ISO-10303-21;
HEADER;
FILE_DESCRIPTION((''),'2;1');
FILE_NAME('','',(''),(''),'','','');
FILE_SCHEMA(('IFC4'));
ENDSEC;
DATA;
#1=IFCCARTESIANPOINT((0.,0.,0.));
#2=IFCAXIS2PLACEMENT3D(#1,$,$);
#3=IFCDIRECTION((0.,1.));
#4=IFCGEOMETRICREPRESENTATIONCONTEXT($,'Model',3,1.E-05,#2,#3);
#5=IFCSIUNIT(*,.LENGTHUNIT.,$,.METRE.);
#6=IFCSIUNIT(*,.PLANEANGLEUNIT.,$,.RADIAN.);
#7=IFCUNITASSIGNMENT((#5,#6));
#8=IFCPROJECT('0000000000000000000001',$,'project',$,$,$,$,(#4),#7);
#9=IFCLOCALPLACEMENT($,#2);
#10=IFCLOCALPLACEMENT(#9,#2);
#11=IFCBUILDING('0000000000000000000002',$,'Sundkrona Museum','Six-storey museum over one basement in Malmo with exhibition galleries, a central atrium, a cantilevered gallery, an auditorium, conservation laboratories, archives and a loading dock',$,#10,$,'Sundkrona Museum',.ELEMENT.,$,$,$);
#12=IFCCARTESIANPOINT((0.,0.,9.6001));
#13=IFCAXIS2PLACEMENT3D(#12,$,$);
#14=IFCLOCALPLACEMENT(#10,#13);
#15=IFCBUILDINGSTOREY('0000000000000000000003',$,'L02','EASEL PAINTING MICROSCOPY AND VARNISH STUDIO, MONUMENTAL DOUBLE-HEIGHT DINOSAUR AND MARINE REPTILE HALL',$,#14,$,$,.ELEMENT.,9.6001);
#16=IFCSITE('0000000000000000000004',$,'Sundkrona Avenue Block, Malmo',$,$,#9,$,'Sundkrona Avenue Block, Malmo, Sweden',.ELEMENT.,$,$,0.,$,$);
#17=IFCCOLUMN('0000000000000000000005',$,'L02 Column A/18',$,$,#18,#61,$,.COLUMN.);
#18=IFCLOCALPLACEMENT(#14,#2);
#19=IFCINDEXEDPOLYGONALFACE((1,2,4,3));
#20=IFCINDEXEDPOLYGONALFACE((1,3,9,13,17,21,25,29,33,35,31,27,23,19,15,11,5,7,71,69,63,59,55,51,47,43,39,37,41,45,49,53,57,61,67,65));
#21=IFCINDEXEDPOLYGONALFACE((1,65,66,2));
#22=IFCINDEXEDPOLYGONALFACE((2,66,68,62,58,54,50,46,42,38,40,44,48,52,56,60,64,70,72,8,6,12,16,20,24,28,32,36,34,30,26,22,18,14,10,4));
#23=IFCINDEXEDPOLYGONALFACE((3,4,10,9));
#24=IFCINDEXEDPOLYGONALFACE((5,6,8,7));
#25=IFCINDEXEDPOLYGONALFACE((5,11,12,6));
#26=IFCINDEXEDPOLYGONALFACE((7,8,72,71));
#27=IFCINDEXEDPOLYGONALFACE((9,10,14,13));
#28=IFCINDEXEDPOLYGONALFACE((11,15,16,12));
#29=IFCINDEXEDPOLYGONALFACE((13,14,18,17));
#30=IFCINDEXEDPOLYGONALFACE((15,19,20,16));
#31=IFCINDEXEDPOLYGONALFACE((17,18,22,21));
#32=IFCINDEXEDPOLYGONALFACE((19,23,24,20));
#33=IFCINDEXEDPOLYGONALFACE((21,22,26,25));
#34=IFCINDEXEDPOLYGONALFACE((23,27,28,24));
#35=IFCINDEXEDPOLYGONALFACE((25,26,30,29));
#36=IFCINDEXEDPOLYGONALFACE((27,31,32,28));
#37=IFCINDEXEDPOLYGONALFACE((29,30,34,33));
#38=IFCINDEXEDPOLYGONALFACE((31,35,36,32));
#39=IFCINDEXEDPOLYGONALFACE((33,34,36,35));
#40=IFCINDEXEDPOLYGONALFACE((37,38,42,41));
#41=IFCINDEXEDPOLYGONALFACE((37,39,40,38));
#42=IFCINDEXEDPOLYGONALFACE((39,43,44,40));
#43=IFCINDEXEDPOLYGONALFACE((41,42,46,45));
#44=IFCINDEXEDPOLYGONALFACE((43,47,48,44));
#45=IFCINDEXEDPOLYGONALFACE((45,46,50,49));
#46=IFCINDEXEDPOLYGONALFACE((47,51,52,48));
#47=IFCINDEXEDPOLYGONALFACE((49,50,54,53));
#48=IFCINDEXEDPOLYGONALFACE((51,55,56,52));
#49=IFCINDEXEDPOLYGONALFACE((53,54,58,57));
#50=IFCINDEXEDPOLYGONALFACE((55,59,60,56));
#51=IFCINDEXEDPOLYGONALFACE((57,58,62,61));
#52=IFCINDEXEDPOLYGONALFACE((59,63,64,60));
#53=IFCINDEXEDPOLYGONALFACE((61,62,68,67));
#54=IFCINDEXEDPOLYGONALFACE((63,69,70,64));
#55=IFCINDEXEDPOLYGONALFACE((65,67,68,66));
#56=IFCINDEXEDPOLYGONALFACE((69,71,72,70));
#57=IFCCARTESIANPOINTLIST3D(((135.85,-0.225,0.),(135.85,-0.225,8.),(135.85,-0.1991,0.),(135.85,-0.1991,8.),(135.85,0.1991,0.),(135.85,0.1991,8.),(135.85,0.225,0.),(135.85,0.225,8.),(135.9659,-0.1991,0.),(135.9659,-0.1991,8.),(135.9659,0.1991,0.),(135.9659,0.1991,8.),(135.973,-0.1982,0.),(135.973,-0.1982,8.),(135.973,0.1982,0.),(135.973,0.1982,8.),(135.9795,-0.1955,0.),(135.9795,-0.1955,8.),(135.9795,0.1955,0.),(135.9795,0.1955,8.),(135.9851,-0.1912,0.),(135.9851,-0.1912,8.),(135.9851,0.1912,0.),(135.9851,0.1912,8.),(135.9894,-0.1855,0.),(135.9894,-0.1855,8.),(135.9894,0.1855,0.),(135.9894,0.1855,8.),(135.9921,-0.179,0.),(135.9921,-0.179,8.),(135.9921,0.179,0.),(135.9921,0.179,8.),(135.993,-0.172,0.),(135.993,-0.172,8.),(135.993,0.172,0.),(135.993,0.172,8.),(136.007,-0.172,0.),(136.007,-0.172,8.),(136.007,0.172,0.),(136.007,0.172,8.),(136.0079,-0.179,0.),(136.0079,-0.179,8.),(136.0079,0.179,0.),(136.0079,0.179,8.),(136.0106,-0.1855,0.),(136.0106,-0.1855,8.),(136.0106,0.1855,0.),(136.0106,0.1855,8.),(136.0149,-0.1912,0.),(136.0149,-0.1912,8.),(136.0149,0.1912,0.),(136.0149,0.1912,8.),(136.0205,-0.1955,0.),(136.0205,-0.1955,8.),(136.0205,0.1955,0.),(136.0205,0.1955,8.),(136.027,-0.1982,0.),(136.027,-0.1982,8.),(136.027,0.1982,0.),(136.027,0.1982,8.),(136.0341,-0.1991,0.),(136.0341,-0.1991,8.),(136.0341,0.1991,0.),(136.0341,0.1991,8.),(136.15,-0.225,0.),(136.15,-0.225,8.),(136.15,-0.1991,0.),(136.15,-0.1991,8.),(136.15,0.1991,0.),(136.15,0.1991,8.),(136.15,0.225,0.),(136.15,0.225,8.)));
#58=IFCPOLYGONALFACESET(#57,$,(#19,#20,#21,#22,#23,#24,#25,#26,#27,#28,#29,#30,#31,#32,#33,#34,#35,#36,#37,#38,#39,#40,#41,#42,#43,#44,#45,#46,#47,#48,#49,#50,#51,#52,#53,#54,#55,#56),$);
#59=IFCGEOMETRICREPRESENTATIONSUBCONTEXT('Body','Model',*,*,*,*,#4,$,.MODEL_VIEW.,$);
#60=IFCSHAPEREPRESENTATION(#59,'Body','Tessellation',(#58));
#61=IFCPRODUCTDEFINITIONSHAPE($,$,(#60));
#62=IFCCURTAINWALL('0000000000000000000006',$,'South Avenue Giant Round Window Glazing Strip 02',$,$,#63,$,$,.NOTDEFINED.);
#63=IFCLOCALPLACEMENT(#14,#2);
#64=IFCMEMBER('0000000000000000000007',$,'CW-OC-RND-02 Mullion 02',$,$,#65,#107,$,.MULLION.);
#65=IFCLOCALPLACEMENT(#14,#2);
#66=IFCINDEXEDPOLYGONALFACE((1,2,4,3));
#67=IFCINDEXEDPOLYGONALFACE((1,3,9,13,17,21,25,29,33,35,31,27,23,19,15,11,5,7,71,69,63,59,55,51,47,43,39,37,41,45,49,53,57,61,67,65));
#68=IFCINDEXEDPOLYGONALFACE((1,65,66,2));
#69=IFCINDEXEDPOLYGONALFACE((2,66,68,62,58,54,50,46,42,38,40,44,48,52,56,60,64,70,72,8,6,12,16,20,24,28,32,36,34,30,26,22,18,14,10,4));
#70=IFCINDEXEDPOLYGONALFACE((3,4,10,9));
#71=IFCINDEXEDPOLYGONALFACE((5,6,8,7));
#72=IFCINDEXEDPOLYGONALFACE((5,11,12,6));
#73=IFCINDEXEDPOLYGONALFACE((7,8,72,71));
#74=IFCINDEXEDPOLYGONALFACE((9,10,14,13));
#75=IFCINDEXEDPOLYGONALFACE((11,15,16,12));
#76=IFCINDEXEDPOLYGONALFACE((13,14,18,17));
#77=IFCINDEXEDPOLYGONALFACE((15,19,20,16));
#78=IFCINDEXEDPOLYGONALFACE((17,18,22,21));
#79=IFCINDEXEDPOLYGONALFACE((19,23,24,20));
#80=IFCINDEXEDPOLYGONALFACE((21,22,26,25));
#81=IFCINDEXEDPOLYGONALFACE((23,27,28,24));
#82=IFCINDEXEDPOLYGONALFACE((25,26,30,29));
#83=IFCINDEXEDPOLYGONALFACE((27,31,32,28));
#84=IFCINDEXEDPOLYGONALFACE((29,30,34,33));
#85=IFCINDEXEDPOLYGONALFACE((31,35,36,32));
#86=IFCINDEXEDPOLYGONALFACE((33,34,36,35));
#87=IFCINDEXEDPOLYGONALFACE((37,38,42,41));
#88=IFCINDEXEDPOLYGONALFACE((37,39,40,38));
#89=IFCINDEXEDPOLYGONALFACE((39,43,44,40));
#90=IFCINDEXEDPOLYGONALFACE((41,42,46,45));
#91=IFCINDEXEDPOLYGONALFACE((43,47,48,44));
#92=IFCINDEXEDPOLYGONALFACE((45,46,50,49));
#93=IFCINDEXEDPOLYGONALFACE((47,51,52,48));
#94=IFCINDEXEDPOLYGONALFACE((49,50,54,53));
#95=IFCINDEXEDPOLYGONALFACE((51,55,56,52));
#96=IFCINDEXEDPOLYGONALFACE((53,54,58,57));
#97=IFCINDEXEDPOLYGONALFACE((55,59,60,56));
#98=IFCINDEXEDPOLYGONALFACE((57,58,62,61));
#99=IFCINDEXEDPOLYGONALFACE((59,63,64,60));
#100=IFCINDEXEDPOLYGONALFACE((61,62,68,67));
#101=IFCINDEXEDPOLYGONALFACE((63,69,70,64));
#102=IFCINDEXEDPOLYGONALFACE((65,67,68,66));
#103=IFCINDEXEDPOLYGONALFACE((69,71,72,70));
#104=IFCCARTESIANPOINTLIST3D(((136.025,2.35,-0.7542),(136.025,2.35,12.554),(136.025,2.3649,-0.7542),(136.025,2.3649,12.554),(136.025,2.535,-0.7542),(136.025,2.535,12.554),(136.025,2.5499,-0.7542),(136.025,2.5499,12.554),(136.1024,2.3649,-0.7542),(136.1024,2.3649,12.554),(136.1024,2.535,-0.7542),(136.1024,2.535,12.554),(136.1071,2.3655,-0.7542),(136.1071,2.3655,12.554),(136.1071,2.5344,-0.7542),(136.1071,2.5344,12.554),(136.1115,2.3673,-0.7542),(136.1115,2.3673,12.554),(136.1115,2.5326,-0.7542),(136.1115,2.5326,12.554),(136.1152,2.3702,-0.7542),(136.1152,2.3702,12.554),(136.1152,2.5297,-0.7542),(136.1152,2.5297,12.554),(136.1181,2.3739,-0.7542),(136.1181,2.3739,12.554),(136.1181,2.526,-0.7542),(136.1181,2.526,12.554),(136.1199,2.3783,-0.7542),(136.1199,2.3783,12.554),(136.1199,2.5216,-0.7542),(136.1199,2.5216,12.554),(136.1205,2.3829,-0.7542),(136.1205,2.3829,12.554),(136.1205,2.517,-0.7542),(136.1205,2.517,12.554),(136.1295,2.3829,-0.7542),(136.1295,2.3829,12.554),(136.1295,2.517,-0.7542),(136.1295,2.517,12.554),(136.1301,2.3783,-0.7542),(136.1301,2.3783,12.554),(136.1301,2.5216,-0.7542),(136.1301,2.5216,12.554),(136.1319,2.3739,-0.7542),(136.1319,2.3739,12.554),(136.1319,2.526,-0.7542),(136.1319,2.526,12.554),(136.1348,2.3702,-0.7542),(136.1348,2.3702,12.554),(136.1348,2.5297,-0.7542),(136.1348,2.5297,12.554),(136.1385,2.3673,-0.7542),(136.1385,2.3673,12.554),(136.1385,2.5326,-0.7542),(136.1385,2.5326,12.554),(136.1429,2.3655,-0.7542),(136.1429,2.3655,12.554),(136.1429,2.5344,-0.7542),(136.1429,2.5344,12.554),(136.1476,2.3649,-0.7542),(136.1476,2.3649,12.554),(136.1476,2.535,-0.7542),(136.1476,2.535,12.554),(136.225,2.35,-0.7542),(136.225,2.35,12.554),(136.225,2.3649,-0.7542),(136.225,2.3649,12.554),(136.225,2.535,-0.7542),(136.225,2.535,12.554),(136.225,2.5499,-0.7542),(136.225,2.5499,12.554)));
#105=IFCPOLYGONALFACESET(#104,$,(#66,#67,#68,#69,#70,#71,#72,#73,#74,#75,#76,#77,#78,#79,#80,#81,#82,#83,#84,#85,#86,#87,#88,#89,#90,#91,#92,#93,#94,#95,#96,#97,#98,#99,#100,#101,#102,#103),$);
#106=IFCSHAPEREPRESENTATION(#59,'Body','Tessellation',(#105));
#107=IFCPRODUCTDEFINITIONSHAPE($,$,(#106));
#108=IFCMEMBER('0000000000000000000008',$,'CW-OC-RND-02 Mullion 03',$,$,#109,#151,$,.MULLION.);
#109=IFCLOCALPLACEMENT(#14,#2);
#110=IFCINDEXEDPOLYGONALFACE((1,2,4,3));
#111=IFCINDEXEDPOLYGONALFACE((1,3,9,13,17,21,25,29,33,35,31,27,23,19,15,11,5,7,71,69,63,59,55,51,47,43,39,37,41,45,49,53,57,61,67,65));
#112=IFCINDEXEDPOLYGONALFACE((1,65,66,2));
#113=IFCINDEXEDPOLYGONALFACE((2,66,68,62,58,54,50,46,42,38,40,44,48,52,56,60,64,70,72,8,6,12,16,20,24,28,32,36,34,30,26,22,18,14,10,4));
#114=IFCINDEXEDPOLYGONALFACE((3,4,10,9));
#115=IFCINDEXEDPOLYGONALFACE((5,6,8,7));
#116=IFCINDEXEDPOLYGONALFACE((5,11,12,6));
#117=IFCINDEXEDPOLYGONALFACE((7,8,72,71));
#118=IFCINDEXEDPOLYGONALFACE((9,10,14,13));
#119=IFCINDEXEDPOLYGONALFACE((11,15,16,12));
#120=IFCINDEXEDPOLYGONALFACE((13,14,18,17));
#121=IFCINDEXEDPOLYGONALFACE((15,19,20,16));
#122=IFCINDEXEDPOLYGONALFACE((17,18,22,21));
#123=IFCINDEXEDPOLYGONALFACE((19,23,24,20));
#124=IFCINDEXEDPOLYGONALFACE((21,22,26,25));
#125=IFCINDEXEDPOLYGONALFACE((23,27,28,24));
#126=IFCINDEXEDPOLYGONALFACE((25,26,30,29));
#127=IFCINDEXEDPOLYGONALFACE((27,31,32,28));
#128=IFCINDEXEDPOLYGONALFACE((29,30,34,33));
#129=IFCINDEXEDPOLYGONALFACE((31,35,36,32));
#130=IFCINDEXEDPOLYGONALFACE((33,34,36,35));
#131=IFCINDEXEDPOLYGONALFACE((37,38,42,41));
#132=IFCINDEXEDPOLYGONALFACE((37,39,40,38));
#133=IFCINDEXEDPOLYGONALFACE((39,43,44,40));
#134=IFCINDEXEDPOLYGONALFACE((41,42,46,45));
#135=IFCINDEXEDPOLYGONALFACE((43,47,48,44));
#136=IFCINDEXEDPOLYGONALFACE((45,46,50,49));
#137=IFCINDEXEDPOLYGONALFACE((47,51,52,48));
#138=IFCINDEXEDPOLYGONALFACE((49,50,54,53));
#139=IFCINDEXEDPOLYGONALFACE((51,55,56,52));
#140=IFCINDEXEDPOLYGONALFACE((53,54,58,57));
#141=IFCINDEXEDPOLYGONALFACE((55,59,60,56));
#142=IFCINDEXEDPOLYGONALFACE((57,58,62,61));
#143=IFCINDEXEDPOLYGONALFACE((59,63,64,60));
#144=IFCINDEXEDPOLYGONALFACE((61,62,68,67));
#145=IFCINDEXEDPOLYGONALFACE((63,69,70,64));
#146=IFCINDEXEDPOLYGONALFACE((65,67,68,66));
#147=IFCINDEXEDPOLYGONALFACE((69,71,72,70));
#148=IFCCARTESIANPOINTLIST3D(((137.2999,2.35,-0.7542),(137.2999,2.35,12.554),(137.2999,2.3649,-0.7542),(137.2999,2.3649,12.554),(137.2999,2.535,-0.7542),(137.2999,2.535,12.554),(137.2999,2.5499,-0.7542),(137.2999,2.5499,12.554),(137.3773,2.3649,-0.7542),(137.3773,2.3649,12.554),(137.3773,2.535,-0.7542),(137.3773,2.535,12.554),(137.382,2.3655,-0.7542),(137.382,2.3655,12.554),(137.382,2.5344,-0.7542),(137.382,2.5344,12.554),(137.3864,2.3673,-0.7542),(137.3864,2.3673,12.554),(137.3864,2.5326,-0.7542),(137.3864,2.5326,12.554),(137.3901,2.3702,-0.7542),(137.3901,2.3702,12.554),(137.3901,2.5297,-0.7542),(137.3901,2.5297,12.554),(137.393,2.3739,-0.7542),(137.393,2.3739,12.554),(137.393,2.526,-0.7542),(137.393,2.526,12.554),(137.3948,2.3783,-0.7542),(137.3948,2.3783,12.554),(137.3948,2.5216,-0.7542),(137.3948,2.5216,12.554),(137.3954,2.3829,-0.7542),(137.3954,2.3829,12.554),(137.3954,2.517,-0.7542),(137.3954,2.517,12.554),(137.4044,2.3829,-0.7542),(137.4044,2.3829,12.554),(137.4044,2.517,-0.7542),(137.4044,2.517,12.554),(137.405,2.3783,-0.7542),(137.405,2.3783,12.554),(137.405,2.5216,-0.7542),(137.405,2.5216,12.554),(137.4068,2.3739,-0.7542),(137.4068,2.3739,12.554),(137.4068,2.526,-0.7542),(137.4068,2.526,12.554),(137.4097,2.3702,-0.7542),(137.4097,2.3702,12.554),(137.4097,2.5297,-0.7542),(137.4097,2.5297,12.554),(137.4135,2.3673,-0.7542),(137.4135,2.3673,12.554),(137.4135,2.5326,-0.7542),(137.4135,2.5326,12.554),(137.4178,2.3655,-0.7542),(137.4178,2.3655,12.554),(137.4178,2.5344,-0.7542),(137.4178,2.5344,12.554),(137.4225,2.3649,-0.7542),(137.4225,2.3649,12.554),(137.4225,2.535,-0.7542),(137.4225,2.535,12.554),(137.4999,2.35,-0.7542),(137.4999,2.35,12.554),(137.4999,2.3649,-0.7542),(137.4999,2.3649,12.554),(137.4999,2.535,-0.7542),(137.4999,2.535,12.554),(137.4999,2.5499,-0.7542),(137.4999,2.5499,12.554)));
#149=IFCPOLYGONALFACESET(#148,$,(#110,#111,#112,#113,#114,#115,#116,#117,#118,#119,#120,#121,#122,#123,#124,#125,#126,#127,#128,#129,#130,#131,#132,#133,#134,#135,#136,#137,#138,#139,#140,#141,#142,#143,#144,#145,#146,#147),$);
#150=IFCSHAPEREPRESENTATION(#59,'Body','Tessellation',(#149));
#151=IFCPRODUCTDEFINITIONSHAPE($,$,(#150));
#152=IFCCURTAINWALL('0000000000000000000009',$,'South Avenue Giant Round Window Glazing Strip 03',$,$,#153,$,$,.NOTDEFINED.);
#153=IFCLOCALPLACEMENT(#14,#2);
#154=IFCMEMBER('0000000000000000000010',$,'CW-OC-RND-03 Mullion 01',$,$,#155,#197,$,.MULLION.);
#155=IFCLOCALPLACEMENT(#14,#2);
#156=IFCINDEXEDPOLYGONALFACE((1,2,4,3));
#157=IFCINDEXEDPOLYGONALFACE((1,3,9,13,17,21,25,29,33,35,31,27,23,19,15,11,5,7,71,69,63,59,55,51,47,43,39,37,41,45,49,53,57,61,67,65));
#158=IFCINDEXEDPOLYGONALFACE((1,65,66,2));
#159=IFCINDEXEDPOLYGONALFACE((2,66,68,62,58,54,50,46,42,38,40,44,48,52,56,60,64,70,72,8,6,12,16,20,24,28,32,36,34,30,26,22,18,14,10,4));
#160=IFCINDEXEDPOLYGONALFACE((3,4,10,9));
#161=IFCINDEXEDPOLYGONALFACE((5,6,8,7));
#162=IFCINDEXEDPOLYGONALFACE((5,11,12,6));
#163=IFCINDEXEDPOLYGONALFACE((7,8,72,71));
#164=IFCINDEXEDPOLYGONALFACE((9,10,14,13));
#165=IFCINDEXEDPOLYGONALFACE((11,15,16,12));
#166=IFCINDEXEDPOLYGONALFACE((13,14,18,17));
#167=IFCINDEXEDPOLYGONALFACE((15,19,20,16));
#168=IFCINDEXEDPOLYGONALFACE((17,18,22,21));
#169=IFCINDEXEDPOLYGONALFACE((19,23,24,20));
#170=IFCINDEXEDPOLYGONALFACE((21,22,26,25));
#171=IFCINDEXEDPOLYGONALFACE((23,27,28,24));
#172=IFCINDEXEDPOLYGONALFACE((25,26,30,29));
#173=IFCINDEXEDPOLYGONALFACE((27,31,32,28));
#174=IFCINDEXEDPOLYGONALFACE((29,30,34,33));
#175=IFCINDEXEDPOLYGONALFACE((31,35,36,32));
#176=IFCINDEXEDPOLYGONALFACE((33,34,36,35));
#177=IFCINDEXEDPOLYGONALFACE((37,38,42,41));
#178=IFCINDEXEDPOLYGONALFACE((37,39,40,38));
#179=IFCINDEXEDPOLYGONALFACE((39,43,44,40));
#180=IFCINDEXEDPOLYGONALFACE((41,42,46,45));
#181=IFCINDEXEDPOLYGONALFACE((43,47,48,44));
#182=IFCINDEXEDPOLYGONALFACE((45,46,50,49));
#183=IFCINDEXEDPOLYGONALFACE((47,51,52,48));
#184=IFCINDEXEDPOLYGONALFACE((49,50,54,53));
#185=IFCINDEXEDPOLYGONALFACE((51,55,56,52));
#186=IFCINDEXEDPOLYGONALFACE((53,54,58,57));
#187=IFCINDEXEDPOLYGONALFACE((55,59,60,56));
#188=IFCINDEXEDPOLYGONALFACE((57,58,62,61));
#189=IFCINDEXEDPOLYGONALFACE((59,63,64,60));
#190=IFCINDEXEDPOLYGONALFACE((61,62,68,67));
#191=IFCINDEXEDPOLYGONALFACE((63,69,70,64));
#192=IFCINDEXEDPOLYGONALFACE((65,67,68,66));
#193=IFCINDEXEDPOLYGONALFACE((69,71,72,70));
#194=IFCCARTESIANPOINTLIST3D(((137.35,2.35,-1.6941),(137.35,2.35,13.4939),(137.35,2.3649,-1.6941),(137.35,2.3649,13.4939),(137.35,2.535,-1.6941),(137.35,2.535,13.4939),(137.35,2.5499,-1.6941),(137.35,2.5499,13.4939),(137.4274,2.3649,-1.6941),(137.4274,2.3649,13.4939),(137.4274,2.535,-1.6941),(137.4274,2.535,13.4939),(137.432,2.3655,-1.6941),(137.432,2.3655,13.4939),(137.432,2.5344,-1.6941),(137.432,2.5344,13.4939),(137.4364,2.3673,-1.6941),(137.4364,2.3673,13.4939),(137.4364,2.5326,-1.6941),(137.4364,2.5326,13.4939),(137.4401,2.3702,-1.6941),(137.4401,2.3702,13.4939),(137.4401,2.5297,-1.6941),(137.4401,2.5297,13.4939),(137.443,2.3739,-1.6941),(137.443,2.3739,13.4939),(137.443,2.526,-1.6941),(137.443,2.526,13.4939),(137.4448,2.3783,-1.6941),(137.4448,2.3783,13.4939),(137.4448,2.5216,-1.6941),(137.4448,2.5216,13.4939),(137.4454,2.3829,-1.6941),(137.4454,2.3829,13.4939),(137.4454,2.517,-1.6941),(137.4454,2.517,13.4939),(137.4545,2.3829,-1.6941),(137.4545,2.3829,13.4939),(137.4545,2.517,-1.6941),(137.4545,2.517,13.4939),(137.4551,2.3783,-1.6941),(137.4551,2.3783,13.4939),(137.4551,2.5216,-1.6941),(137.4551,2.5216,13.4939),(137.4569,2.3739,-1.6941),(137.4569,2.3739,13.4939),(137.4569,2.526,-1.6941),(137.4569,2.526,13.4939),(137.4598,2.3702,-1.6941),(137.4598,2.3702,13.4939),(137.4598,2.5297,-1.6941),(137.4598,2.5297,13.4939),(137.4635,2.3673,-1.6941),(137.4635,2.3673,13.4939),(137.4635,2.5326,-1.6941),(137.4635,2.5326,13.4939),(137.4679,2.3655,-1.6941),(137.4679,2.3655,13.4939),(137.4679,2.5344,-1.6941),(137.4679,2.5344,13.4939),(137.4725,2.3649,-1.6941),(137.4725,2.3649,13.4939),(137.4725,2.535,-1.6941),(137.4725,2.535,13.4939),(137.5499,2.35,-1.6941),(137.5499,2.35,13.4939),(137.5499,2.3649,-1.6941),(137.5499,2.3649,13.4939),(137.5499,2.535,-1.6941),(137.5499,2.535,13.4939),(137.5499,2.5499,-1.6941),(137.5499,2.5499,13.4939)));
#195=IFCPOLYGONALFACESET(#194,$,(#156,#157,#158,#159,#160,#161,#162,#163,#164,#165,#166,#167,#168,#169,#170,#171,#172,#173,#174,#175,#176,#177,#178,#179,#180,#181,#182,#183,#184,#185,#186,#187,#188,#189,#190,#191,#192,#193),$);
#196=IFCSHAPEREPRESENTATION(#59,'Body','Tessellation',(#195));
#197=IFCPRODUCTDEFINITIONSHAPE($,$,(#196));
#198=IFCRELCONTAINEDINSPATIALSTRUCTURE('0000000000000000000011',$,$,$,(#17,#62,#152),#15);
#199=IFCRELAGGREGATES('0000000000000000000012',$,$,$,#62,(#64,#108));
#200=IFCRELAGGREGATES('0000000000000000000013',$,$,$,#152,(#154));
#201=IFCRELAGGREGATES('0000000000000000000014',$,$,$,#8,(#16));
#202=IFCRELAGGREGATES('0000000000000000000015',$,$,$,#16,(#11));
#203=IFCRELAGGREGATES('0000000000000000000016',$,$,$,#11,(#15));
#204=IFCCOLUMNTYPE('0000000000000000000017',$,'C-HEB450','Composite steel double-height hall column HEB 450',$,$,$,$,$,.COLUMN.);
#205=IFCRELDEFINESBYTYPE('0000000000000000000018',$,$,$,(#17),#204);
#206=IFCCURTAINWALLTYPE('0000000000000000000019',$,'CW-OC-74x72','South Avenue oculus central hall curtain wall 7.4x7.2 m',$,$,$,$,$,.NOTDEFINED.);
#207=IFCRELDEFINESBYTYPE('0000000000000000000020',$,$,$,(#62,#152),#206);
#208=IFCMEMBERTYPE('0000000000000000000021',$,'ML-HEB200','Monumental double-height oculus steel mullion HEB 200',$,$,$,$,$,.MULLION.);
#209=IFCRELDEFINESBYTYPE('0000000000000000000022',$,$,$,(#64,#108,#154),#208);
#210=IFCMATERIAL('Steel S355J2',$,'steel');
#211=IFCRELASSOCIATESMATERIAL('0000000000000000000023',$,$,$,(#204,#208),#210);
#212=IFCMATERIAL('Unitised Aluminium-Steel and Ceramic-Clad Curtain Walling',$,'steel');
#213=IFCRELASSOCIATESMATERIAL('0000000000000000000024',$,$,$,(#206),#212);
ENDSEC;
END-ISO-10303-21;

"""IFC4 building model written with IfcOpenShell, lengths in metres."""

from ifc_helpers import new_model, si_unit, direction, frame, origin, origin_2d, place, context, subcontext, project, spatial, i_section, extrude, material, material_profile, profile_set, type_object, element, aggregate, save


model = new_model("IFC4")

# Units and contexts
model_context = context("Model", 3, precision=1e-05, world=origin(), true_north=direction((0.0, 1.0)))
body_context = subcontext(model_context, "Body", "Model", "MODEL_VIEW")
ifc_project = project(units=[si_unit("LENGTHUNIT", "METRE"), si_unit("PLANEANGLEUNIT", "RADIAN")], contexts=[model_context])

# Site, building, storey
site_placement = place(None, origin())
site = spatial("IfcSite", under=ifc_project, at=site_placement, Name="Sundkrona Avenue Block, Malmo", LongName="Sundkrona Avenue Block, Malmo, Sweden", CompositionType="ELEMENT", RefElevation=0.0)
building_placement = place(site_placement, origin())
building = spatial("IfcBuilding", under=site, at=building_placement, Name="Sundkrona Museum", Description="Six-storey museum over one basement in Malmo with exhibition galleries, a central atrium, a cantilevered gallery, an auditorium, conservation laboratories, archives and a loading dock", LongName="Sundkrona Museum", CompositionType="ELEMENT")
storey_placement = place(building_placement, frame((0.0, 0.0, 9.6001)))
storey = spatial("IfcBuildingStorey", under=building, at=storey_placement, Name="L02", Description="EASEL PAINTING MICROSCOPY AND VARNISH STUDIO, MONUMENTAL DOUBLE-HEIGHT DINOSAUR AND MARINE REPTILE HALL", CompositionType="ELEMENT", Elevation=9.6001)

# Column
ifc_material_1 = material(Name="Steel S355J2", Category="steel")
ifc_material_profile_1 = material_profile(ifc_material_1, i_section(OverallWidth=0.3, OverallDepth=0.45, WebThickness=0.0139, FlangeThickness=0.0259, FilletRadius=0.0271, at=origin_2d()), Name="HEB 450")
ifc_profile_set_1 = profile_set([ifc_material_profile_1], Name="Steel S355J2")
column_type = type_object("IfcColumnType", Name="C-HEB450", Description="Composite steel double-height hall column HEB 450", PredefinedType="COLUMN", material=ifc_profile_set_1)
column_placement = place(storey_placement, frame((136.0, 0.0, 0.0), z_axis=(0.0, 0.0, 1.0), x_axis=(1.0, 0.0, 0.0)))
element("IfcColumn", 1, at=column_placement, inside=storey, type_object=column_type, Name="L02 Column A/18", PredefinedType="COLUMN", context=body_context, shape_type="SweptSolid", body=[
    extrude(i_section(OverallWidth=0.3, OverallDepth=0.45, WebThickness=0.0139, FlangeThickness=0.0259, FilletRadius=0.0271, at=origin_2d()), origin(), (0.0, 0.0, 1.0), 8.0),
])

# Curtain walls, members
ifc_material_2 = material(Name="Unitised Aluminium-Steel and Ceramic-Clad Curtain Walling", Category="steel")
curtain_wall_type = type_object("IfcCurtainWallType", Name="CW-OC-74x72", Description="South Avenue oculus central hall curtain wall 7.4x7.2 m", PredefinedType="NOTDEFINED", material=ifc_material_2)
curtain_wall_1_placement = place(storey_placement, origin())
curtain_wall_1 = element("IfcCurtainWall", 2, at=curtain_wall_1_placement, inside=storey, type_object=curtain_wall_type, Name="South Avenue Giant Round Window Glazing Strip 02", PredefinedType="NOTDEFINED")
ifc_material_profile_2 = material_profile(ifc_material_1, i_section(OverallWidth=0.2, OverallDepth=0.2, WebThickness=0.009, FlangeThickness=0.0149, FilletRadius=0.0181, at=origin_2d()), Name="HEB 200")
ifc_profile_set_2 = profile_set([ifc_material_profile_2], Name="Steel S355J2")
member_type_1 = type_object("IfcMemberType", Name="ML-HEB200", Description="Monumental double-height oculus steel mullion HEB 200", PredefinedType="MULLION", material=ifc_profile_set_2)
member_1_placement = place(storey_placement, frame((136.125, 2.45, -0.7542), z_axis=(0.0, 0.0, 1.0), x_axis=(1.0, 0.0, 0.0)))
member_1 = element("IfcMember", 3, at=member_1_placement, type_object=member_type_1, Name="CW-OC-RND-02 Mullion 02", PredefinedType="MULLION", context=body_context, shape_type="SweptSolid", body=[
    extrude(i_section(OverallWidth=0.2, OverallDepth=0.2, WebThickness=0.009, FlangeThickness=0.0149, FilletRadius=0.0181, at=origin_2d()), origin(), (0.0, 0.0, 1.0), 13.3081),
])
member_2_placement = place(storey_placement, frame((137.3999, 2.45, -0.7542), z_axis=(0.0, 0.0, 1.0), x_axis=(1.0, 0.0, 0.0)))
member_2 = element("IfcMember", 4, at=member_2_placement, type_object=member_type_1, Name="CW-OC-RND-02 Mullion 03", PredefinedType="MULLION", context=body_context, shape_type="SweptSolid", body=[
    extrude(i_section(OverallWidth=0.2, OverallDepth=0.2, WebThickness=0.009, FlangeThickness=0.0149, FilletRadius=0.0181, at=origin_2d()), origin(), (0.0, 0.0, 1.0), 13.3081),
])
curtain_wall_2_placement = place(storey_placement, origin())
curtain_wall_2 = element("IfcCurtainWall", 5, at=curtain_wall_2_placement, inside=storey, type_object=curtain_wall_type, Name="South Avenue Giant Round Window Glazing Strip 03", PredefinedType="NOTDEFINED")
member_3_placement = place(storey_placement, frame((137.45, 2.45, -1.6941), z_axis=(0.0, 0.0, 1.0), x_axis=(1.0, 0.0, 0.0)))
member_3 = element("IfcMember", 6, at=member_3_placement, type_object=member_type_1, Name="CW-OC-RND-03 Mullion 01", PredefinedType="MULLION", context=body_context, shape_type="SweptSolid", body=[
    extrude(i_section(OverallWidth=0.2, OverallDepth=0.2, WebThickness=0.009, FlangeThickness=0.0149, FilletRadius=0.0181, at=origin_2d()), origin(), (0.0, 0.0, 1.0), 15.188),
])

aggregate(curtain_wall_1, [member_1, member_2])
aggregate(curtain_wall_2, [member_3])

save(model, "model.ifc")
